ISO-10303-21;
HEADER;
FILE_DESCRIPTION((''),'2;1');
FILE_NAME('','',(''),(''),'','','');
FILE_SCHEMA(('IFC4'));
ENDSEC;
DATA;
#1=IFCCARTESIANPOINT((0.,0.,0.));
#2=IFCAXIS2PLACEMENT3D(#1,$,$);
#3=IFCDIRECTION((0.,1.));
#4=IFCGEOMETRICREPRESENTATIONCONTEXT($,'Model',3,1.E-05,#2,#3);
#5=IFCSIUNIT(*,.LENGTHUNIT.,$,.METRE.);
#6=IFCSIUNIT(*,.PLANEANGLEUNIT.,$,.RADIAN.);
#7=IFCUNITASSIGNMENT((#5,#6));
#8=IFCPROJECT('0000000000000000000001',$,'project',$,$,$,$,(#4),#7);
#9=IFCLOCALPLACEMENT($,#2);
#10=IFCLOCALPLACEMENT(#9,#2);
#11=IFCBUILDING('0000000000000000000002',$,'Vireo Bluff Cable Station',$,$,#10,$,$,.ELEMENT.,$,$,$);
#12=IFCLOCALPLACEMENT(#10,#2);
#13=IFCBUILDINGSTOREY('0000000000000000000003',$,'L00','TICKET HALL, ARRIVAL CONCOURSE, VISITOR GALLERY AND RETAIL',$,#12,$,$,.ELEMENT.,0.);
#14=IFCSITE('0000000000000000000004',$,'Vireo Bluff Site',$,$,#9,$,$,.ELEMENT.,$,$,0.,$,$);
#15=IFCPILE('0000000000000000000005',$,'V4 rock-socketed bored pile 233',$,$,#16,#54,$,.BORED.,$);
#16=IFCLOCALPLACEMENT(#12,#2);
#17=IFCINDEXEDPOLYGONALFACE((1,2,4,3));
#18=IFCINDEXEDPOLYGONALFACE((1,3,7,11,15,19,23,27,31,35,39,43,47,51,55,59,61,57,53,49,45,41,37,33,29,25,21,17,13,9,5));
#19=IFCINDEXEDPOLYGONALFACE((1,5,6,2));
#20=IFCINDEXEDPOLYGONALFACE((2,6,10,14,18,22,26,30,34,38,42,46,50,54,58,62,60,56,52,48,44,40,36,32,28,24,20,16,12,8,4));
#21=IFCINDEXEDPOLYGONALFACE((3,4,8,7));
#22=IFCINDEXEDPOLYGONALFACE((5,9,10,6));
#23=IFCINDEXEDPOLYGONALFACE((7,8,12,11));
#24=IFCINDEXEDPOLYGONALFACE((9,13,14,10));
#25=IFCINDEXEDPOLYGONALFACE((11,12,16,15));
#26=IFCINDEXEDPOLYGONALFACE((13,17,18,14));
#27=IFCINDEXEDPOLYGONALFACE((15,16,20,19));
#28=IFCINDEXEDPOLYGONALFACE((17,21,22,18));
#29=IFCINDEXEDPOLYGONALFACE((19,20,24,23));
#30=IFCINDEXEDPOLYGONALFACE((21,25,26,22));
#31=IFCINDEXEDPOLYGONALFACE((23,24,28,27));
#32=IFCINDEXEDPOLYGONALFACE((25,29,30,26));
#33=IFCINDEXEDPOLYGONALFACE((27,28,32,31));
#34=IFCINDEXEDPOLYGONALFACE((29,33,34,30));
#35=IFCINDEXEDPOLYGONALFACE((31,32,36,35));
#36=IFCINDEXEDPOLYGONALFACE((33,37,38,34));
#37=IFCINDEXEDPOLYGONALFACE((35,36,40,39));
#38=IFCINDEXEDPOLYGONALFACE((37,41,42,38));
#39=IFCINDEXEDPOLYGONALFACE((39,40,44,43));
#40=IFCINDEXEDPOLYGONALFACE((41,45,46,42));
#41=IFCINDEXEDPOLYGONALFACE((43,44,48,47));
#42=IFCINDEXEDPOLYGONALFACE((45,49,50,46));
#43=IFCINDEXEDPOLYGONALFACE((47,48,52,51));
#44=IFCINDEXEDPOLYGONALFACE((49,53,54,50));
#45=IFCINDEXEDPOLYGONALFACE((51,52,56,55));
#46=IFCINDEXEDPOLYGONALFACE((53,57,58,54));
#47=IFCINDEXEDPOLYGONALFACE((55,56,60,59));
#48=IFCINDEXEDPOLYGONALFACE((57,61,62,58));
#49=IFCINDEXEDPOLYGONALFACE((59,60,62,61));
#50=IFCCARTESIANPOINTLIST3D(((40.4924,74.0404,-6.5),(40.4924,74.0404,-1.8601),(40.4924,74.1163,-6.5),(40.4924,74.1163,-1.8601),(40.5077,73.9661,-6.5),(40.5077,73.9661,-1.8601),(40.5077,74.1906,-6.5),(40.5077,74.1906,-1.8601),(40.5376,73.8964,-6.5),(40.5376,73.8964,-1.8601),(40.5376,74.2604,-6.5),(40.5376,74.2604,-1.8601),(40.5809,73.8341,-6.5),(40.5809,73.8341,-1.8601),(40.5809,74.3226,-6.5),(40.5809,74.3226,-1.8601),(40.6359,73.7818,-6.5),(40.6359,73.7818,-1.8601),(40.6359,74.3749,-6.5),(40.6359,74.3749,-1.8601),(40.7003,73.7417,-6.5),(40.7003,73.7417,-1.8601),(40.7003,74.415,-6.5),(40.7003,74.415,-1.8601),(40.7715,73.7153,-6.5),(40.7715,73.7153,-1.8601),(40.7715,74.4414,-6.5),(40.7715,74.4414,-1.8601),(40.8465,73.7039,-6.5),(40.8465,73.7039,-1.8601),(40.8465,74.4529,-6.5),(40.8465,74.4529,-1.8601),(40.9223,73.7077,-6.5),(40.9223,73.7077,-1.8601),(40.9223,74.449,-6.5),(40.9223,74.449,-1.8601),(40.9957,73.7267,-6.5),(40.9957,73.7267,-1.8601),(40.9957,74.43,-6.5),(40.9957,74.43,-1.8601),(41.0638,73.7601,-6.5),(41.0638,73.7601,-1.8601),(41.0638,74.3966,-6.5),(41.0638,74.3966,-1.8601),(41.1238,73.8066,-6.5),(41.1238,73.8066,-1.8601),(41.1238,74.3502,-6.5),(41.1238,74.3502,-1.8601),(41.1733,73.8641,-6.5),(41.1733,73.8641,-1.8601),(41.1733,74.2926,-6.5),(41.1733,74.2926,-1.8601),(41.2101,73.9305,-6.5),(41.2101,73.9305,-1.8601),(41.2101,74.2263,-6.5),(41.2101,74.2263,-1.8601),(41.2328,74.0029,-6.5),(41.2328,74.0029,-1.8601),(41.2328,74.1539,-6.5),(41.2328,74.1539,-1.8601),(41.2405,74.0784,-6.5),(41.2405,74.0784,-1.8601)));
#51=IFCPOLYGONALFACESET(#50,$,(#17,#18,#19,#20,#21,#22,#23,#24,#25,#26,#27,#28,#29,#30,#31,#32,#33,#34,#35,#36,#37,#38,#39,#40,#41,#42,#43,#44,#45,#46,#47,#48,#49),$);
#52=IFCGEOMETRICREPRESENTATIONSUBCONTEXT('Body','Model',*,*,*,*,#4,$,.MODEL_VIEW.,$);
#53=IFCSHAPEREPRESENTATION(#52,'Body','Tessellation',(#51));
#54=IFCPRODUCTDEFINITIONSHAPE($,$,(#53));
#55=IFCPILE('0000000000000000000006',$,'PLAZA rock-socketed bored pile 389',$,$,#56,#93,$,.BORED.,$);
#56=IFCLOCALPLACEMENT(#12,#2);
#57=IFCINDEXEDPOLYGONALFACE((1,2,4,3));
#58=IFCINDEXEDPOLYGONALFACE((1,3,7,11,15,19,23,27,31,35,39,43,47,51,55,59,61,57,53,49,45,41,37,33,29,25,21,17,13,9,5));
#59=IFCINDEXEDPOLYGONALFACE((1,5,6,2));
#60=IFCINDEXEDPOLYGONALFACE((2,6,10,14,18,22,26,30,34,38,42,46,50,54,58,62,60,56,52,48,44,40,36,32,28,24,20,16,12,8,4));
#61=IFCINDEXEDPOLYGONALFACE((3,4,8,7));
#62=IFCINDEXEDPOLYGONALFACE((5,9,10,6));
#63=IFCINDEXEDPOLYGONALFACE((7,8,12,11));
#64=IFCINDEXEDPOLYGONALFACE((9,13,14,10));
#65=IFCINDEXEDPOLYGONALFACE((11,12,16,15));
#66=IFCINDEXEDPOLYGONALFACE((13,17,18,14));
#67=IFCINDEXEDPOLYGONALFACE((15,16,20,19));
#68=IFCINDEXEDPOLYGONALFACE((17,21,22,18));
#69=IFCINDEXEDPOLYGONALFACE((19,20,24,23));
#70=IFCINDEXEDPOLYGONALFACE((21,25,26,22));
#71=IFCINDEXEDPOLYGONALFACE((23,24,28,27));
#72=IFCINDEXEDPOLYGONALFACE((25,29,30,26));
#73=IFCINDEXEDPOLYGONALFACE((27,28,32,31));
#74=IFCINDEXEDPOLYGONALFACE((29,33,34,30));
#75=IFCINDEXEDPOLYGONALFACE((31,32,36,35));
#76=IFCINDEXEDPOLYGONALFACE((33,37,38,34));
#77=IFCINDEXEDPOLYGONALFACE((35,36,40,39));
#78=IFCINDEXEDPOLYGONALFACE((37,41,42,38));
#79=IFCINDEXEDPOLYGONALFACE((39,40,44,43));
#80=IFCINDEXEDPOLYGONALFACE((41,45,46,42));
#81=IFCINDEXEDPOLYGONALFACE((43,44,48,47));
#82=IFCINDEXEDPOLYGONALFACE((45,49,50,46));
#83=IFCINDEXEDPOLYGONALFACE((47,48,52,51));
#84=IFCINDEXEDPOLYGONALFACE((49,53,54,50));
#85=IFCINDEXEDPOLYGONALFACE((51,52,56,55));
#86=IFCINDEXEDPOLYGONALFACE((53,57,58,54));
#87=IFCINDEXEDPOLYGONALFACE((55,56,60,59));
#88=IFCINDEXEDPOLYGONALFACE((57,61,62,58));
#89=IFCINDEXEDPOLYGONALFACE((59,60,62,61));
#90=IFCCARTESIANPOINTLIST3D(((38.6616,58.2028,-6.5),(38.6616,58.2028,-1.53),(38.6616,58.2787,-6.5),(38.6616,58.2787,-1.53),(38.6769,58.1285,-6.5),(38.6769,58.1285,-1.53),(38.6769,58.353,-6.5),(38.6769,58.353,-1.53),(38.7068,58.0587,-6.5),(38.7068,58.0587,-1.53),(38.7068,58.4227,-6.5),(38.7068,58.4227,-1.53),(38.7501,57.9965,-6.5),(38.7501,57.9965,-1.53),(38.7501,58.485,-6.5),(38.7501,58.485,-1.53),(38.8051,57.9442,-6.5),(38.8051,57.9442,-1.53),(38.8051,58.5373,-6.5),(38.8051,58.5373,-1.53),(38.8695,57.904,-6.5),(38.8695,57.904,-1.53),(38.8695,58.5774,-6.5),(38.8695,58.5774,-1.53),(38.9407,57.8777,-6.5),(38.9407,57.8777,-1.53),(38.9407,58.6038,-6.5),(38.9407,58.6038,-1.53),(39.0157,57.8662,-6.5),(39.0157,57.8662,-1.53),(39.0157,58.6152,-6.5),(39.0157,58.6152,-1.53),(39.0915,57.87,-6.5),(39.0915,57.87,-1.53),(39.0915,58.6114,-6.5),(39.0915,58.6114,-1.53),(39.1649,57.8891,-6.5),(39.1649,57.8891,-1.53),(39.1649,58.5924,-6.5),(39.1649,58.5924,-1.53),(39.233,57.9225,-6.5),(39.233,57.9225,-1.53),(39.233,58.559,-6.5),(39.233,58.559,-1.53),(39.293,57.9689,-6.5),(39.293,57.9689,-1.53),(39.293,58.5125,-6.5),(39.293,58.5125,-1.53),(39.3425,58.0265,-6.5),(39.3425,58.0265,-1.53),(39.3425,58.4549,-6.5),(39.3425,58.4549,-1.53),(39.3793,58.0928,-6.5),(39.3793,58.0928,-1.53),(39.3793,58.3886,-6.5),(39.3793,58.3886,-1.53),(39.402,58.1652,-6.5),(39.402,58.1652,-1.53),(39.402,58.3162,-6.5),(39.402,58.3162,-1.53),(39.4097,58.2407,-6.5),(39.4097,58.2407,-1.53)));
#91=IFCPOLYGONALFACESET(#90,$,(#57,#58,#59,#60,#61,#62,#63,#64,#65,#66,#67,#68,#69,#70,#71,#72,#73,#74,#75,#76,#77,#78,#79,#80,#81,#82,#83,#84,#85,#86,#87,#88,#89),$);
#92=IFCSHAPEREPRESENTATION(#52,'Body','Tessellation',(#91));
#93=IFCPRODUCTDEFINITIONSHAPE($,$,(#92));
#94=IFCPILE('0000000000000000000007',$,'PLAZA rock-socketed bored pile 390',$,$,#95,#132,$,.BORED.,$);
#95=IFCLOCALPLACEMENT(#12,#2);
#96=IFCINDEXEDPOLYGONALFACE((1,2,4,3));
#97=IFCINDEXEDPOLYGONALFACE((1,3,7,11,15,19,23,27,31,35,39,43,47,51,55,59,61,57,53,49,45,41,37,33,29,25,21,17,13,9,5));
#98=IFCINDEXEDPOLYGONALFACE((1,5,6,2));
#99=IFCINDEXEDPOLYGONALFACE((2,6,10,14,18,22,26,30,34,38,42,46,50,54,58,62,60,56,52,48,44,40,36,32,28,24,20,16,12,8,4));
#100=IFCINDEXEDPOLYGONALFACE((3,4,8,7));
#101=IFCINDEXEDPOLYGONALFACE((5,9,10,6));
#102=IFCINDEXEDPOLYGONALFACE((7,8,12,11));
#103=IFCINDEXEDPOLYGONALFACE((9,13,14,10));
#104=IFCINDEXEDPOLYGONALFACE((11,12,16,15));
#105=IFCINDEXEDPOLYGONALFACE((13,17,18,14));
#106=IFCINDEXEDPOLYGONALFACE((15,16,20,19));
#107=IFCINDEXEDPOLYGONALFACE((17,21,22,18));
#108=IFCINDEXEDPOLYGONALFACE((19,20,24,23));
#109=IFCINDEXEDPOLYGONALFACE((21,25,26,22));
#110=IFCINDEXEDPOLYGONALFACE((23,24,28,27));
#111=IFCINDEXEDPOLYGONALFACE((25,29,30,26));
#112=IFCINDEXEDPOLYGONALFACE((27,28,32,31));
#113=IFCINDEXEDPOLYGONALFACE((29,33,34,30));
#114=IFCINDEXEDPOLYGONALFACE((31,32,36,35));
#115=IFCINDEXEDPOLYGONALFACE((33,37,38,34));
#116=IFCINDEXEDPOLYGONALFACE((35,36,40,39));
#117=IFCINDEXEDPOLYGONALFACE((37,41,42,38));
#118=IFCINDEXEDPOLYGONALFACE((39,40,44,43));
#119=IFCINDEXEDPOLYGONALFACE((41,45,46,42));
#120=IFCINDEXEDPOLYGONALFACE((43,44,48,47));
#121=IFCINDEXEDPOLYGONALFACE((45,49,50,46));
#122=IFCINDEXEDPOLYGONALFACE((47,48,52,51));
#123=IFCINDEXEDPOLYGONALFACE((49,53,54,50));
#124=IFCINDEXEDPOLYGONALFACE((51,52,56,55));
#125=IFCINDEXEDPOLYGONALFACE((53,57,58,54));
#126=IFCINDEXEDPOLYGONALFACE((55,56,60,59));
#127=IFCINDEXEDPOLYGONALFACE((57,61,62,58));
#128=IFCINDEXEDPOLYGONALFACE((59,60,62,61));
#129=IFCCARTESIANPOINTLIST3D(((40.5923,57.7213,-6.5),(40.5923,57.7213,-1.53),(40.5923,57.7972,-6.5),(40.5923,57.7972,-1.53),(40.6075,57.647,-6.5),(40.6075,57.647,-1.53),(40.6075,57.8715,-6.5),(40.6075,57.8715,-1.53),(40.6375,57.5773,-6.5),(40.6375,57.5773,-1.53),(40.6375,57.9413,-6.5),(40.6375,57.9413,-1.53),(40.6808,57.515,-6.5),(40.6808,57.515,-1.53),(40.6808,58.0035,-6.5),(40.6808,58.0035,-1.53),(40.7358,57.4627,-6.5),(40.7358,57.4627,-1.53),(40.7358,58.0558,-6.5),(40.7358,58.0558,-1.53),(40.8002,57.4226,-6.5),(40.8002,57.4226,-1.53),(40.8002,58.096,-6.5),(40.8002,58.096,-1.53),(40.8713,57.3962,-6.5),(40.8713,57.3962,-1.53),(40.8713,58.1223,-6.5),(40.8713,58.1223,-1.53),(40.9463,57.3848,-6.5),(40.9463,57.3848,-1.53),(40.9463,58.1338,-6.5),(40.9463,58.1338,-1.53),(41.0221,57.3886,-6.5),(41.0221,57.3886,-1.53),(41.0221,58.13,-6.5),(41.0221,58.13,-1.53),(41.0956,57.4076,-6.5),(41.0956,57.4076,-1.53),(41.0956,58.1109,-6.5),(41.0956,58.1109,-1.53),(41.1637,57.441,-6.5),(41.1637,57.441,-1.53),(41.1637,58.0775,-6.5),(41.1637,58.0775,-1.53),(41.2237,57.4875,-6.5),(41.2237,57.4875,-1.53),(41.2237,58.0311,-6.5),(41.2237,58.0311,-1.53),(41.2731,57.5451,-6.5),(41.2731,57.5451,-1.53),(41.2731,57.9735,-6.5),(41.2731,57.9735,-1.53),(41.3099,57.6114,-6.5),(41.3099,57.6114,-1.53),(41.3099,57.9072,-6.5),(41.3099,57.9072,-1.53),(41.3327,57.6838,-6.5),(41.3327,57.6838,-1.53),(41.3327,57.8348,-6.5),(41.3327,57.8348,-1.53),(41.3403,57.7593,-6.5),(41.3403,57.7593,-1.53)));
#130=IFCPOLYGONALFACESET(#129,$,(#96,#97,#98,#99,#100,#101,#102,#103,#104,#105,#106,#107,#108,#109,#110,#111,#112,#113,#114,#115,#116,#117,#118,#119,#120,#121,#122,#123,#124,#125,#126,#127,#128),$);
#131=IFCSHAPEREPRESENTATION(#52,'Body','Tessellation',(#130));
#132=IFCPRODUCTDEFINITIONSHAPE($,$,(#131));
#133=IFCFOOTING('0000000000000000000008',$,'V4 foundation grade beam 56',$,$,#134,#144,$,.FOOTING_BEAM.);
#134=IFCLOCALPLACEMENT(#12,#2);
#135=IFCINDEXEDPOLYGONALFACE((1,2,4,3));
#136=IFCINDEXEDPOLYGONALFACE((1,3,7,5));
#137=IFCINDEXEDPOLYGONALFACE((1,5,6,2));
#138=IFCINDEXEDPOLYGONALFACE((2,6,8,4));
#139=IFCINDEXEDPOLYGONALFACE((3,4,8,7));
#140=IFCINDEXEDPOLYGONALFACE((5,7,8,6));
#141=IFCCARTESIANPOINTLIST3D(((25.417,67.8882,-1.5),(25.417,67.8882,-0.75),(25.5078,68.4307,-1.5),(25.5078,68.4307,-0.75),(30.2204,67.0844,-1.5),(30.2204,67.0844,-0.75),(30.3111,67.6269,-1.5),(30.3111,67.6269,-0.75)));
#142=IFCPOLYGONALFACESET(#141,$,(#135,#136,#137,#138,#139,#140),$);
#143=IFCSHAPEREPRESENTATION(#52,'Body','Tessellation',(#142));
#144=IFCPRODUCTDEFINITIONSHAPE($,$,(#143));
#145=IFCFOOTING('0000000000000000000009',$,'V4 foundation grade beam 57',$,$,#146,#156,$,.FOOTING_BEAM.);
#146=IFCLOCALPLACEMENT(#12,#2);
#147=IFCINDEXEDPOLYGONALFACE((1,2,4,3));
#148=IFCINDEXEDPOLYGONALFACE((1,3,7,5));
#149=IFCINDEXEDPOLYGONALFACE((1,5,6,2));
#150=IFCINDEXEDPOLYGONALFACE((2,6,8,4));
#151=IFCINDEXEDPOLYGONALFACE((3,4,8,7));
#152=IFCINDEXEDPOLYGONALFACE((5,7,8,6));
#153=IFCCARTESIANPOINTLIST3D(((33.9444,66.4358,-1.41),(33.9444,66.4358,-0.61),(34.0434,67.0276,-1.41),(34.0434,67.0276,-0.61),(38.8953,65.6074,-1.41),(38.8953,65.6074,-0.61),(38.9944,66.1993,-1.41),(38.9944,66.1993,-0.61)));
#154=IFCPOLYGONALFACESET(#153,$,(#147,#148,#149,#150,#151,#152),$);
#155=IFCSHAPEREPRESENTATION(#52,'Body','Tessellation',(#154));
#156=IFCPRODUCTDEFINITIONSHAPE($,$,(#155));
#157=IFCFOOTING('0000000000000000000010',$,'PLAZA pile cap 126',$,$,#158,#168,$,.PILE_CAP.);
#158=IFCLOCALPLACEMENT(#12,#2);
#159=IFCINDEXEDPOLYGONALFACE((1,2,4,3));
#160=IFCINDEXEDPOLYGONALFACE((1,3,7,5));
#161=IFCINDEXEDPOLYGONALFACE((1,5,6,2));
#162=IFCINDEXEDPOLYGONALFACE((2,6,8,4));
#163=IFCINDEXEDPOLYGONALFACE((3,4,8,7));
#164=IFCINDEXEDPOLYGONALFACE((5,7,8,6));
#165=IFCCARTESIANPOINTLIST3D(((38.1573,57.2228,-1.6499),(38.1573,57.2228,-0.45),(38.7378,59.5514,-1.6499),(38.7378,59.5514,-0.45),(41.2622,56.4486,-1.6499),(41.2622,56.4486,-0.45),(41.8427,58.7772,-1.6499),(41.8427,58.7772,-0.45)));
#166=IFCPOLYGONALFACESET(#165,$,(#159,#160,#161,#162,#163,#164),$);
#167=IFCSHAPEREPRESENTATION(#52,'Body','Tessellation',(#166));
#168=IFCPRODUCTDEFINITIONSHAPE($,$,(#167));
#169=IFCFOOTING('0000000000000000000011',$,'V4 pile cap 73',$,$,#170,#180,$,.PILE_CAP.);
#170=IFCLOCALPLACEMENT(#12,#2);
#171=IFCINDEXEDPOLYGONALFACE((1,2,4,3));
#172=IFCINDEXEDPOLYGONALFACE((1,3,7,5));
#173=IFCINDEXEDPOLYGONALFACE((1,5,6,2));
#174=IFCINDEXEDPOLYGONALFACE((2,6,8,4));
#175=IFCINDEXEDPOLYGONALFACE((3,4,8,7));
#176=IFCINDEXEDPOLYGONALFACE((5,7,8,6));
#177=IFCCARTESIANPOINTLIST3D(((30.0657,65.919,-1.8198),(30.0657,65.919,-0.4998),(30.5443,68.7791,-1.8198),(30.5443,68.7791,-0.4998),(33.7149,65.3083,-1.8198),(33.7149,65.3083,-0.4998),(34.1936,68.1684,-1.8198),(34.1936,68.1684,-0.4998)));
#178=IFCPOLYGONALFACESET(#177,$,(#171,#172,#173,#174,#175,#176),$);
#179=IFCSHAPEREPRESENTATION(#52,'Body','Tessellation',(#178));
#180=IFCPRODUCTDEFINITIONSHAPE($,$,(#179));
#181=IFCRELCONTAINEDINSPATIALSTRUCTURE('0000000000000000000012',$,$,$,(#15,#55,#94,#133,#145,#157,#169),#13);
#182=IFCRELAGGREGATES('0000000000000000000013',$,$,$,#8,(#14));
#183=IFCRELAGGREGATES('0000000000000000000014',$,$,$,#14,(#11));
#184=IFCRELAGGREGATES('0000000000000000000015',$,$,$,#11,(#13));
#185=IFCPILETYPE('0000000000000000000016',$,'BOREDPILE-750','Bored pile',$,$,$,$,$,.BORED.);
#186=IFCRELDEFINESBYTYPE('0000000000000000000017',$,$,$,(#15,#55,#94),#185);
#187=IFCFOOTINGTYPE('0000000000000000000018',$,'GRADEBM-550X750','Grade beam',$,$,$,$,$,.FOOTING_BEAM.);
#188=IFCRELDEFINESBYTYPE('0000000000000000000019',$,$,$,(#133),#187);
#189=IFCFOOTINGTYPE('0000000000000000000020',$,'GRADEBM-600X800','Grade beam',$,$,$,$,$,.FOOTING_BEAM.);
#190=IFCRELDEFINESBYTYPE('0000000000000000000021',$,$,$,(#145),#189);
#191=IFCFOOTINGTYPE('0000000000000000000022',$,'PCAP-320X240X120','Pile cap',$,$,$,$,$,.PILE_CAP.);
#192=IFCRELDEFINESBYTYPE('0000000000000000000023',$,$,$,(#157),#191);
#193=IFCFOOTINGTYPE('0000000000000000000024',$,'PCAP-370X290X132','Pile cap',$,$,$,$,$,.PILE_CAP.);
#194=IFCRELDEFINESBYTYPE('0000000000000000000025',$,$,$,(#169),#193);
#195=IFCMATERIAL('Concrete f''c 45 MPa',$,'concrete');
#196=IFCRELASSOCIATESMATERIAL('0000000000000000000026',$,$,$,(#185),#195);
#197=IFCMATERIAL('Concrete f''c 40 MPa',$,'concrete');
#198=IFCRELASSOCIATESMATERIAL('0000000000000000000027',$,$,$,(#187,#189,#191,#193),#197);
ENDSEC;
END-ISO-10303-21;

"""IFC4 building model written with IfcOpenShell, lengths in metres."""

from ifc_helpers import new_model, si_unit, direction, frame, origin, origin_2d, place, context, subcontext, project, spatial, rectangle, circle, extrude, material, material_profile, profile_set, type_object, element, save


model = new_model("IFC4")

# Units and contexts
model_context = context("Model", 3, precision=1e-05, world=origin(), true_north=direction((0.0, 1.0)))
body_context = subcontext(model_context, "Body", "Model", "MODEL_VIEW")
ifc_project = project(units=[si_unit("LENGTHUNIT", "METRE"), si_unit("PLANEANGLEUNIT", "RADIAN")], contexts=[model_context])

# Site, building, storey
site_placement = place(None, origin())
site = spatial("IfcSite", under=ifc_project, at=site_placement, Name="Vireo Bluff Site", CompositionType="ELEMENT", RefElevation=0.0)
building_placement = place(site_placement, origin())
building = spatial("IfcBuilding", under=site, at=building_placement, Name="Vireo Bluff Cable Station", CompositionType="ELEMENT")
storey_placement = place(building_placement, origin())
storey = spatial("IfcBuildingStorey", under=building, at=storey_placement, Name="L00", Description="TICKET HALL, ARRIVAL CONCOURSE, VISITOR GALLERY AND RETAIL", CompositionType="ELEMENT", Elevation=0.0)

# Piles
ifc_material_1 = material(Name="Concrete f'c 45 MPa", Category="concrete")
ifc_material_profile_1 = material_profile(ifc_material_1, circle(Radius=0.375, at=origin_2d()), Name="BOREDPILE-750")
ifc_profile_set_1 = profile_set([ifc_material_profile_1], Name="Concrete f'c 45 MPa")
pile_type = type_object("IfcPileType", Name="BOREDPILE-750", Description="Bored pile", PredefinedType="BORED", material=ifc_profile_set_1)
pile_1_placement = place(storey_placement, frame((40.8655, 74.0784, -1.8601), z_axis=(0.0, 0.0, -1.0), x_axis=(1.0, 0.0, 0.0)))
element("IfcPile", 1, at=pile_1_placement, inside=storey, type_object=pile_type, Name="V4 rock-socketed bored pile 233", PredefinedType="BORED", context=body_context, shape_type="SweptSolid", body=[
    extrude(circle(Radius=0.375, at=origin_2d()), origin(), (0.0, 0.0, 1.0), 4.6399),
])
for number, where, z_axis, x_axis, name in (
    (2, (39.0347, 58.2407, -1.53), (0.0, 0.0, -1.0), (1.0, 0.0, 0.0), "PLAZA rock-socketed bored pile 389"),
    (3, (40.9653, 57.7593, -1.53), (0.0, 0.0, -1.0), (1.0, 0.0, 0.0), "PLAZA rock-socketed bored pile 390"),
):
    element("IfcPile", number, at=place(storey_placement, frame(where, z_axis=z_axis, x_axis=x_axis)), inside=storey, type_object=pile_type, Name=name, PredefinedType="BORED", context=body_context, shape_type="SweptSolid", body=[
        extrude(circle(Radius=0.375, at=origin_2d()), origin(), (0.0, 0.0, 1.0), 4.97),
    ])

# Footings
ifc_material_2 = material(Name="Concrete f'c 40 MPa", Category="concrete")
ifc_material_profile_2 = material_profile(ifc_material_2, rectangle(XDim=0.55, YDim=0.75, at=origin_2d()), Name="GRADEBM-550X750")
ifc_profile_set_2 = profile_set([ifc_material_profile_2], Name="Concrete f'c 40 MPa")
footing_type_1 = type_object("IfcFootingType", Name="GRADEBM-550X750", Description="Grade beam", PredefinedType="FOOTING_BEAM", material=ifc_profile_set_2)
footing_1_placement = place(storey_placement, frame((25.4624, 68.1594, -1.125), z_axis=(0.986288, -0.165033, 0.0), x_axis=(0.165033, 0.986288, 0.0)))
element("IfcFooting", 4, at=footing_1_placement, inside=storey, type_object=footing_type_1, Name="V4 foundation grade beam 56", PredefinedType="FOOTING_BEAM", context=body_context, shape_type="SweptSolid", body=[
    extrude(rectangle(XDim=0.55, YDim=0.75, at=origin_2d()), origin(), (0.0, 0.0, 1.0), 4.8701),
])
ifc_material_profile_3 = material_profile(ifc_material_2, rectangle(XDim=0.6001, YDim=0.8, at=origin_2d()), Name="GRADEBM-600X800")
ifc_profile_set_3 = profile_set([ifc_material_profile_3], Name="Concrete f'c 40 MPa")
footing_type_2 = type_object("IfcFootingType", Name="GRADEBM-600X800", Description="Grade beam", PredefinedType="FOOTING_BEAM", material=ifc_profile_set_3)
footing_2_placement = place(storey_placement, frame((33.9939, 66.7317, -1.01), z_axis=(0.98629, -0.165022, 0.0), x_axis=(0.165022, 0.98629, 0.0)))
element("IfcFooting", 5, at=footing_2_placement, inside=storey, type_object=footing_type_2, Name="V4 foundation grade beam 57", PredefinedType="FOOTING_BEAM", context=body_context, shape_type="SweptSolid", body=[
    extrude(rectangle(XDim=0.6001, YDim=0.8, at=origin_2d()), origin(), (0.0, 0.0, 1.0), 5.0198),
])
footing_type_3 = type_object("IfcFootingType", Name="PCAP-320X240X120", Description="Pile cap", PredefinedType="PILE_CAP", material=ifc_material_2)
footing_3_placement = place(storey_placement, frame((40.0, 58.0, -1.6499), z_axis=(0.0, 0.0, 1.0), x_axis=(0.970296, -0.241922, 0.0)))
element("IfcFooting", 6, at=footing_3_placement, inside=storey, type_object=footing_type_3, Name="PLAZA pile cap 126", PredefinedType="PILE_CAP", context=body_context, shape_type="SweptSolid", body=[
    extrude(rectangle(XDim=3.2, YDim=2.3999, at=origin_2d()), origin(), (0.0, 0.0, 1.0), 1.2),
])
footing_type_4 = type_object("IfcFootingType", Name="PCAP-370X290X132", Description="Pile cap", PredefinedType="PILE_CAP", material=ifc_material_2)
footing_4_placement = place(storey_placement, frame((32.1296, 67.0437, -1.8198), z_axis=(0.0, 0.0, 1.0), x_axis=(0.986286, -0.165048, 0.0)))
element("IfcFooting", 7, at=footing_4_placement, inside=storey, type_object=footing_type_4, Name="V4 pile cap 73", PredefinedType="PILE_CAP", context=body_context, shape_type="SweptSolid", body=[
    extrude(rectangle(XDim=3.7, YDim=2.8999, at=origin_2d()), origin(), (0.0, 0.0, 1.0), 1.3201),
])

save(model, "model.ifc")
